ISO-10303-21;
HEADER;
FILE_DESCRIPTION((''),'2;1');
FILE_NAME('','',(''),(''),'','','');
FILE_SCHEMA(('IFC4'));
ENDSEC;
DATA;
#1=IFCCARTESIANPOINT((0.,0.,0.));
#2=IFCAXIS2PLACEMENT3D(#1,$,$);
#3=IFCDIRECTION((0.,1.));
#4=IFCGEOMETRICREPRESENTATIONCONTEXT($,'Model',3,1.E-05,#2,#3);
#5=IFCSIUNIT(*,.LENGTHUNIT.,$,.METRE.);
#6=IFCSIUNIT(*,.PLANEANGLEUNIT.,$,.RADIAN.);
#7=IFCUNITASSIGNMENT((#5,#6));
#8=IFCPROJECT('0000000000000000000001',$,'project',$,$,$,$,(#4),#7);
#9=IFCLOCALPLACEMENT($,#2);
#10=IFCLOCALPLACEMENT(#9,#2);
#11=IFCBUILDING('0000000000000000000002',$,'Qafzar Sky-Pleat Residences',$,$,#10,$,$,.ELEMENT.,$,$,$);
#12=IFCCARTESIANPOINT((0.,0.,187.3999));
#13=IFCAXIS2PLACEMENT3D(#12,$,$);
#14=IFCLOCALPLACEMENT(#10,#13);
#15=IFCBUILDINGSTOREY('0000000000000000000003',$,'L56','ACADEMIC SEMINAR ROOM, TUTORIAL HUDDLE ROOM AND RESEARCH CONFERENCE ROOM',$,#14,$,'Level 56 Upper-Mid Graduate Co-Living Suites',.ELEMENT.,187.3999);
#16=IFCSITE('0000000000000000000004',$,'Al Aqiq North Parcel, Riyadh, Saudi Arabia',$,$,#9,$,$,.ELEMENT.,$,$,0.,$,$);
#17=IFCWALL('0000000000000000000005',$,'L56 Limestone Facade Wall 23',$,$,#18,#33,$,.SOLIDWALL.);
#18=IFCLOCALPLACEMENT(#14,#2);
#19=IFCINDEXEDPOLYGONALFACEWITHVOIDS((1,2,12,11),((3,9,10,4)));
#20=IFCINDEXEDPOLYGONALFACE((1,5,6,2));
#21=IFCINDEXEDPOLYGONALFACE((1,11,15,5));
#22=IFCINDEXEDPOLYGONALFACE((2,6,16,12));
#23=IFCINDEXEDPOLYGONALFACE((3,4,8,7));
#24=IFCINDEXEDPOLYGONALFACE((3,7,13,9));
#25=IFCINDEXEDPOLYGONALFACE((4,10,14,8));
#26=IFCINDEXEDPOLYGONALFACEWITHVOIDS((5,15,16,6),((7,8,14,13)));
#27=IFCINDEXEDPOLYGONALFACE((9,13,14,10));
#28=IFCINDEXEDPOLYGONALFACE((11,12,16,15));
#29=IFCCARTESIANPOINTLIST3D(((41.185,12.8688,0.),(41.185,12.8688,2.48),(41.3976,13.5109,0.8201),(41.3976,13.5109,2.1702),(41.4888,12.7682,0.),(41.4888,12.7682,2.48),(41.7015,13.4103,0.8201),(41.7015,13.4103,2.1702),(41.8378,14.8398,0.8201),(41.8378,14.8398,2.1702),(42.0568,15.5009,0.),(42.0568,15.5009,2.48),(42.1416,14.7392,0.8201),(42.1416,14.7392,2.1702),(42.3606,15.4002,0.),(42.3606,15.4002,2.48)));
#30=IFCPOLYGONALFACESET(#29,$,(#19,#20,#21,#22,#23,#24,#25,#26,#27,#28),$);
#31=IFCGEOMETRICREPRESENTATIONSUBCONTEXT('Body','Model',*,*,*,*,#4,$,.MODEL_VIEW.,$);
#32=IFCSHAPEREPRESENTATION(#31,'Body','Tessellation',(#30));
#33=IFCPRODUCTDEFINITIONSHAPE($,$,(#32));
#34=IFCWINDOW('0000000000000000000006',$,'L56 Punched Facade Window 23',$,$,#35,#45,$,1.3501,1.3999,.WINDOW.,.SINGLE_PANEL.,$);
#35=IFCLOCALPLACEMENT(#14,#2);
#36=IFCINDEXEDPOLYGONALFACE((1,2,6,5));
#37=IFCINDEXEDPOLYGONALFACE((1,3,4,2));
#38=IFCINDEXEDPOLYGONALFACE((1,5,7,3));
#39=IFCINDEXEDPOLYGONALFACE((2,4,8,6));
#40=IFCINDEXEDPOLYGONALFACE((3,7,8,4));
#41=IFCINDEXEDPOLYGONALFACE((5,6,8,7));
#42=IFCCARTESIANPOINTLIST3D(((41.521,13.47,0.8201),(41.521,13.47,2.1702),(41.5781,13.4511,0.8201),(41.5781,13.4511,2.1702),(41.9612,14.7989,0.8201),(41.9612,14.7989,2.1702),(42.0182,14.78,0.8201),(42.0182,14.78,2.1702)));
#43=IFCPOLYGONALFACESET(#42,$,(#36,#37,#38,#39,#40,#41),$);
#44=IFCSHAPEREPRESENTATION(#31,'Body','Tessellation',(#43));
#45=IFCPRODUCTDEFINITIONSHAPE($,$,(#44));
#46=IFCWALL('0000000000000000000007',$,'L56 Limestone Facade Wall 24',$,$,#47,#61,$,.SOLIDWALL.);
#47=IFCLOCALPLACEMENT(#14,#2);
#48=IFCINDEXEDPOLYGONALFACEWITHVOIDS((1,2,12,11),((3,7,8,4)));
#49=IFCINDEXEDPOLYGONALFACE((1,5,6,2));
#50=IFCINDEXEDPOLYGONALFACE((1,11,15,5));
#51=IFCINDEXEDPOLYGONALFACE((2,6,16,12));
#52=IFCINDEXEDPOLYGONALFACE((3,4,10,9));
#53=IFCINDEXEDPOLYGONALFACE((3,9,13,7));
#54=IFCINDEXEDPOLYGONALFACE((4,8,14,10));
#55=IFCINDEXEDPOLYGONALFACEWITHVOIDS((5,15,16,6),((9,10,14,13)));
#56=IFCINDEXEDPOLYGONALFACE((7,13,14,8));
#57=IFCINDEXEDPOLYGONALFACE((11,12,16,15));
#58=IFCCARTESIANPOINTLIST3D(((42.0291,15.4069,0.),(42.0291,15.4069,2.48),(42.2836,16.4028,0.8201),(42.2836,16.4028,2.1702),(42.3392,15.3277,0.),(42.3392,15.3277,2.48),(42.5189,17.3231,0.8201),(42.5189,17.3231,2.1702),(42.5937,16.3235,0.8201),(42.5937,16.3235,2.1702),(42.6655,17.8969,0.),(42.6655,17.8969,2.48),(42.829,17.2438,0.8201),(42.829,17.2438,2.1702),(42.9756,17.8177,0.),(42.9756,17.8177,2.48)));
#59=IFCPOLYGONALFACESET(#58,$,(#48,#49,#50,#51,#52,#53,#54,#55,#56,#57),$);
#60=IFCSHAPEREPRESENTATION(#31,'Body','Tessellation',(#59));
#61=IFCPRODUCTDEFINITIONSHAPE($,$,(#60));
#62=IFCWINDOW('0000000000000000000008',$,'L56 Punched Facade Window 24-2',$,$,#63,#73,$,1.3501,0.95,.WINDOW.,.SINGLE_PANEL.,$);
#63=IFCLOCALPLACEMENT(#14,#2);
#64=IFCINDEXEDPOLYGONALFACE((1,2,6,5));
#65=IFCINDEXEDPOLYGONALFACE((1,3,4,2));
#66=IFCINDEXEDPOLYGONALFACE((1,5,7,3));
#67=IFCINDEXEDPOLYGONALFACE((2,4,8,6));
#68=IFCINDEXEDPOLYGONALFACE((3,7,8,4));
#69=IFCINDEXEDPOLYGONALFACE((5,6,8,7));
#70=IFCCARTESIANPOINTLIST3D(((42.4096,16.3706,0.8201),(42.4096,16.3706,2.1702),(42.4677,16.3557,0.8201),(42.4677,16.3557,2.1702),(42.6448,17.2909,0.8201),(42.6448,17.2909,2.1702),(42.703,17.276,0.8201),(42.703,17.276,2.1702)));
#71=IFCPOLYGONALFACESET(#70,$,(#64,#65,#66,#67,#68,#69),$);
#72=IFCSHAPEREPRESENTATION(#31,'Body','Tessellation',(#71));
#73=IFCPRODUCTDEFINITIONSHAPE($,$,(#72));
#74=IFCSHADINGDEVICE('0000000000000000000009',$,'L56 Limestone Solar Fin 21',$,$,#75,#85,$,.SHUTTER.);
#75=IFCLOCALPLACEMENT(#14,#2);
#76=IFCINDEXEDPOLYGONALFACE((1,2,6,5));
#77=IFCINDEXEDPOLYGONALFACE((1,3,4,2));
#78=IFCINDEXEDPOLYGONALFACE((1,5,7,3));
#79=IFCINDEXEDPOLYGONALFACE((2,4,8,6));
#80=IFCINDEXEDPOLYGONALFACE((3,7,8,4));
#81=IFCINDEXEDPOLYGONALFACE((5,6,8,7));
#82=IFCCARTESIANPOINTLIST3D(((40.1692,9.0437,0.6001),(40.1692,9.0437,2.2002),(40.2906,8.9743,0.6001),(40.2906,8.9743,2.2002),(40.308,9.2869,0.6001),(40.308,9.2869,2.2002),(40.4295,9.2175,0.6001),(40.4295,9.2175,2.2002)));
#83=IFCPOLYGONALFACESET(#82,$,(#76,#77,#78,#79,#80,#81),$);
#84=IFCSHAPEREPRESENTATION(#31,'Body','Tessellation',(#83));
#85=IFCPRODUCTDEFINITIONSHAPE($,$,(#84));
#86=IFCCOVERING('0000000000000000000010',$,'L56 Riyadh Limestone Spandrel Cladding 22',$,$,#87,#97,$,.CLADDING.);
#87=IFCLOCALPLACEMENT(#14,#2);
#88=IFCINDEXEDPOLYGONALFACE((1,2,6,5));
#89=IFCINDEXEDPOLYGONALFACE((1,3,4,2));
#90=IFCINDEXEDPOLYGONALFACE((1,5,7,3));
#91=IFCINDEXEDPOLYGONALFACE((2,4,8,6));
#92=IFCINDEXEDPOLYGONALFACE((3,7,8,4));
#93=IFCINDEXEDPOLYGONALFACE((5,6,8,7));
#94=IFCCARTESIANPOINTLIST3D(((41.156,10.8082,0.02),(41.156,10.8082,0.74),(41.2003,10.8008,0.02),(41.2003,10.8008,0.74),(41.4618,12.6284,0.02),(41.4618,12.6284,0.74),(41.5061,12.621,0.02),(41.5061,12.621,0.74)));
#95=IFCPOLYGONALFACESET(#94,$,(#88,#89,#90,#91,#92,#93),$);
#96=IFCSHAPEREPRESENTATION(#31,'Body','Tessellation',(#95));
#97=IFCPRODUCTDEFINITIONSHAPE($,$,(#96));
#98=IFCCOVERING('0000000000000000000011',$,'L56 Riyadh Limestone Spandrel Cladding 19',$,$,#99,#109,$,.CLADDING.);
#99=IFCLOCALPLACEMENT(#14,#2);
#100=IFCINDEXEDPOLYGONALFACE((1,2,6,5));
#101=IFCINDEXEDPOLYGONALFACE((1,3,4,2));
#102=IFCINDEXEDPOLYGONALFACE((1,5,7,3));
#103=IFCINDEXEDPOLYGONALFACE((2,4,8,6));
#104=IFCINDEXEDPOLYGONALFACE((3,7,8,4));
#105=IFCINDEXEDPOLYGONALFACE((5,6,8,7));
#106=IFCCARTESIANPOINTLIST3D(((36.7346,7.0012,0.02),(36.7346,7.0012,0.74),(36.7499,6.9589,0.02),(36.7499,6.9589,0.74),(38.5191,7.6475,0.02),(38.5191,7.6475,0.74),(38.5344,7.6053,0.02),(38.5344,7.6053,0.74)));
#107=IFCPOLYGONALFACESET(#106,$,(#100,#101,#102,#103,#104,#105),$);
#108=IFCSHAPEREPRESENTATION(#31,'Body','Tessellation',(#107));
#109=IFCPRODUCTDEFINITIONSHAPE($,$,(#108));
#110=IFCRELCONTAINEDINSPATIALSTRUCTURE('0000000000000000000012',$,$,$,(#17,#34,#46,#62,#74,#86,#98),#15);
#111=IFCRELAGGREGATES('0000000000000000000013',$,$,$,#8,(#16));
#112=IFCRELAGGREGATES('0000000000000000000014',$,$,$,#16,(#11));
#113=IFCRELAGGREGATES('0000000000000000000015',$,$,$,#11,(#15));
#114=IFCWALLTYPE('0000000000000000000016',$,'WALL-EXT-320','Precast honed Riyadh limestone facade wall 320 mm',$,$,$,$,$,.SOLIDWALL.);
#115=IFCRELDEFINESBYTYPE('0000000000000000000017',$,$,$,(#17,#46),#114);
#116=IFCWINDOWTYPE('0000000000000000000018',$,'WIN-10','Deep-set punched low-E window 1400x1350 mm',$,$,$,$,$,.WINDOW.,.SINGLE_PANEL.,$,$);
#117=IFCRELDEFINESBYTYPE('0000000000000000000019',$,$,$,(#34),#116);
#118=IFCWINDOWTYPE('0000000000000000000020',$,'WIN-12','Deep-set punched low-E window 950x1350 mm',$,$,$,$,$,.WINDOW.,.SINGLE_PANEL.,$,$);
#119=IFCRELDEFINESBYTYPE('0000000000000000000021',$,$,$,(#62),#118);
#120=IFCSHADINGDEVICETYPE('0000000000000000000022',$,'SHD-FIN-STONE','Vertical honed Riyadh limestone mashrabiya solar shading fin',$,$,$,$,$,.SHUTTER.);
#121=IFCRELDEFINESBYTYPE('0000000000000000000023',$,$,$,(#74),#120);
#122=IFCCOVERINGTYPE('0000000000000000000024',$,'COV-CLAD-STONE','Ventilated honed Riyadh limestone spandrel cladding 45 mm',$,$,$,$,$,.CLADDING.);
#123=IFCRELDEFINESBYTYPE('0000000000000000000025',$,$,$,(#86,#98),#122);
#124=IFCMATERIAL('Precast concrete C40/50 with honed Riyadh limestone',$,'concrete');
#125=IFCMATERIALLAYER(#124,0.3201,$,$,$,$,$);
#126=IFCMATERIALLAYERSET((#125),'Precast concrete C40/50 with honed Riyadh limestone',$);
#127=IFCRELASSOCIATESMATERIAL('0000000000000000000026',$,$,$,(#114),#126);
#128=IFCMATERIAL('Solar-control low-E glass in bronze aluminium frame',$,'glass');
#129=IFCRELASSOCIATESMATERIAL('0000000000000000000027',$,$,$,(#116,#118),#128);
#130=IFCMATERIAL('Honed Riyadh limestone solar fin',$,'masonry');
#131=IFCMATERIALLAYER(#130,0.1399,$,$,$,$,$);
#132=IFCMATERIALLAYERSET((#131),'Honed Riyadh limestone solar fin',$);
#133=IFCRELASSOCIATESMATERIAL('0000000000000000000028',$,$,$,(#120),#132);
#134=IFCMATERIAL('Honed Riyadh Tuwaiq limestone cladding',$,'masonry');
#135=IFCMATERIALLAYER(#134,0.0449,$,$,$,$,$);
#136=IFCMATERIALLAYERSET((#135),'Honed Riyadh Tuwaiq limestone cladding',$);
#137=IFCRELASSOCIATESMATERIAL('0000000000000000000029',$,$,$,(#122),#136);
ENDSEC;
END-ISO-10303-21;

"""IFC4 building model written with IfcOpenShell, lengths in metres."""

from ifc_helpers import new_model, si_unit, direction, frame, frame_2d, origin, origin_2d, place, context, subcontext, project, spatial, rectangle, extrude, source, transform, mapped, material, layer, layer_set, type_object, element, fill, save


model = new_model("IFC4")

# Units and contexts
model_context = context("Model", 3, precision=1e-05, world=origin(), true_north=direction((0.0, 1.0)))
body_context = subcontext(model_context, "Body", "Model", "MODEL_VIEW")
ifc_project = project(units=[si_unit("LENGTHUNIT", "METRE"), si_unit("PLANEANGLEUNIT", "RADIAN")], contexts=[model_context])

# Site, building, storey
site_placement = place(None, origin())
site = spatial("IfcSite", under=ifc_project, at=site_placement, Name="Al Aqiq North Parcel, Riyadh, Saudi Arabia", CompositionType="ELEMENT", RefElevation=0.0)
building_placement = place(site_placement, origin())
building = spatial("IfcBuilding", under=site, at=building_placement, Name="Qafzar Sky-Pleat Residences", CompositionType="ELEMENT")
storey_placement = place(building_placement, frame((0.0, 0.0, 187.3999)))
storey = spatial("IfcBuildingStorey", under=building, at=storey_placement, Name="L56", Description="ACADEMIC SEMINAR ROOM, TUTORIAL HUDDLE ROOM AND RESEARCH CONFERENCE ROOM", LongName="Level 56 Upper-Mid Graduate Co-Living Suites", CompositionType="ELEMENT", Elevation=187.3999)

# Walls, openings, windows
ifc_material_1 = material(Name="Precast concrete C40/50 with honed Riyadh limestone", Category="concrete")
ifc_layer_1 = layer(ifc_material_1, 0.3201)
ifc_layer_set_1 = layer_set([ifc_layer_1], Name="Precast concrete C40/50 with honed Riyadh limestone")
wall_type = type_object("IfcWallType", Name="WALL-EXT-320", Description="Precast honed Riyadh limestone facade wall 320 mm", PredefinedType="SOLIDWALL", material=ifc_layer_set_1)
ifc_material_2 = material(Name="Solar-control low-E glass in bronze aluminium frame", Category="glass")
wall_1_placement = place(storey_placement, frame((41.3369, 12.8186, 0.0), z_axis=(0.0, 0.0, 1.0), x_axis=(0.314431, 0.94928, 0.0)))
wall_1 = element("IfcWall", 1, at=wall_1_placement, inside=storey, type_object=wall_type, Name="L56 Limestone Facade Wall 23", PredefinedType="SOLIDWALL", context=body_context, shape_type="SweptSolid", body=[
    extrude(rectangle(XDim=2.7727, YDim=0.3201, at=frame_2d((1.3862, 0.0))), origin(), (0.0, 0.0, 1.0), 2.48),
])
opening_1_placement = place(wall_1_placement, frame((0.6763, 0.0, 0.8201)))
opening_1 = element("IfcOpeningElement", 2, at=opening_1_placement, cuts=wall_1, PredefinedType="OPENING", context=body_context, shape_type="SweptSolid", body=[
    extrude(rectangle(XDim=1.3999, YDim=1.3501, at=frame_2d((0.7, 0.675))), frame((0.0, 0.1699, 0.0), z_axis=(0.0, -1.0, 0.0), x_axis=(1.0, 0.0, 0.0)), (0.0, 0.0, 1.0), 0.3401),
])
window_type_1 = type_object("IfcWindowType", Name="WIN-10", Description="Deep-set punched low-E window 1400x1350 mm", PartitioningType="SINGLE_PANEL", PredefinedType="WINDOW", material=ifc_material_2)
shared_shape_1 = source(origin(), body_context, "Body", "SweptSolid", [
    extrude(rectangle(XDim=1.3999, YDim=1.3501, at=frame_2d((0.7, 0.675))), frame((0.0, 0.03, 0.0), z_axis=(0.0, -1.0, 0.0), x_axis=(1.0, 0.0, 0.0)), (0.0, 0.0, 1.0), 0.0601),
])
window_1_placement = place(opening_1_placement, origin())
window_1 = element("IfcWindow", 3, at=window_1_placement, inside=storey, type_object=window_type_1, Name="L56 Punched Facade Window 23", OverallHeight=1.3501, OverallWidth=1.3999, PartitioningType="SINGLE_PANEL", PredefinedType="WINDOW", context=body_context, shape_type="MappedRepresentation", body=[
    mapped(shared_shape_1, transform((0.0, 0.0, 0.0), x_axis=(1.0, 0.0, 0.0), y_axis=(0.0, 1.0, 0.0), z_axis=(0.0, 0.0, 1.0), scale=1.0)),
])
fill(opening_1, window_1)
wall_2_placement = place(storey_placement, frame((42.1841, 15.3672, 0.0), z_axis=(0.0, 0.0, 1.0), x_axis=(0.247651, 0.968849, 0.0)))
wall_2 = element("IfcWall", 4, at=wall_2_placement, inside=storey, type_object=wall_type, Name="L56 Limestone Facade Wall 24", PredefinedType="SOLIDWALL", context=body_context, shape_type="SweptSolid", body=[
    extrude(rectangle(XDim=2.5701, YDim=0.3201, at=frame_2d((1.2852, 0.0))), origin(), (0.0, 0.0, 1.0), 2.48),
])
opening_2_placement = place(wall_2_placement, frame((1.0278, 0.0, 0.8201)))
opening_2 = element("IfcOpeningElement", 5, at=opening_2_placement, cuts=wall_2, PredefinedType="OPENING", context=body_context, shape_type="SweptSolid", body=[
    extrude(rectangle(XDim=0.95, YDim=1.3501, at=frame_2d((0.4751, 0.675))), frame((0.0, 0.1699, 0.0), z_axis=(0.0, -1.0, 0.0), x_axis=(1.0, 0.0, 0.0)), (0.0, 0.0, 1.0), 0.3401),
])
window_type_2 = type_object("IfcWindowType", Name="WIN-12", Description="Deep-set punched low-E window 950x1350 mm", PartitioningType="SINGLE_PANEL", PredefinedType="WINDOW", material=ifc_material_2)
shared_shape_2 = source(origin(), body_context, "Body", "SweptSolid", [
    extrude(rectangle(XDim=0.95, YDim=1.3501, at=frame_2d((0.4751, 0.675))), frame((0.0, 0.03, 0.0), z_axis=(0.0, -1.0, 0.0), x_axis=(1.0, 0.0, 0.0)), (0.0, 0.0, 1.0), 0.0601),
])
window_2_placement = place(opening_2_placement, origin())
window_2 = element("IfcWindow", 6, at=window_2_placement, inside=storey, type_object=window_type_2, Name="L56 Punched Facade Window 24-2", OverallHeight=1.3501, OverallWidth=0.95, PartitioningType="SINGLE_PANEL", PredefinedType="WINDOW", context=body_context, shape_type="MappedRepresentation", body=[
    mapped(shared_shape_2, transform((0.0, 0.0, 0.0), x_axis=(1.0, 0.0, 0.0), y_axis=(0.0, 1.0, 0.0), z_axis=(0.0, 0.0, 1.0), scale=1.0)),
])
fill(opening_2, window_2)

# Shading device
ifc_material_3 = material(Name="Honed Riyadh limestone solar fin", Category="masonry")
ifc_layer_2 = layer(ifc_material_3, 0.1399)
ifc_layer_set_2 = layer_set([ifc_layer_2], Name="Honed Riyadh limestone solar fin")
shading_device_type = type_object("IfcShadingDeviceType", Name="SHD-FIN-STONE", Description="Vertical honed Riyadh limestone mashrabiya solar shading fin", PredefinedType="SHUTTER", material=ifc_layer_set_2)
shared_shape_3 = source(origin(), body_context, "Body", "SweptSolid", [
    extrude(rectangle(XDim=0.1399, YDim=0.28, at=origin_2d()), origin(), (0.0, 0.0, 1.0), 1.6001),
])
shading_device_placement = place(storey_placement, frame((40.2993, 9.1306, 0.6001), z_axis=(0.0, 0.0, 1.0), x_axis=(0.868455, -0.495768, 0.0)))
element("IfcShadingDevice", 7, at=shading_device_placement, inside=storey, type_object=shading_device_type, Name="L56 Limestone Solar Fin 21", PredefinedType="SHUTTER", context=body_context, shape_type="MappedRepresentation", body=[
    mapped(shared_shape_3, transform((0.0, 0.0, 0.0), x_axis=(1.0, 0.0, 0.0), y_axis=(0.0, 1.0, 0.0), z_axis=(0.0, 0.0, 1.0), scale=1.0)),
])

# Coverings
ifc_material_4 = material(Name="Honed Riyadh Tuwaiq limestone cladding", Category="masonry")
ifc_layer_3 = layer(ifc_material_4, 0.0449)
ifc_layer_set_3 = layer_set([ifc_layer_3], Name="Honed Riyadh Tuwaiq limestone cladding")
covering_type = type_object("IfcCoveringType", Name="COV-CLAD-STONE", Description="Ventilated honed Riyadh limestone spandrel cladding 45 mm", PredefinedType="CLADDING", material=ifc_layer_set_3)
shared_shape_4 = source(origin(), body_context, "Body", "SweptSolid", [
    extrude(rectangle(XDim=1.8457, YDim=0.0449, at=origin_2d()), origin(), (0.0, 0.0, 1.0), 0.72),
])
covering_1_placement = place(storey_placement, frame((41.3311, 11.7146, 0.02), z_axis=(0.0, 0.0, 1.0), x_axis=(0.165688, 0.986178, 0.0)))
element("IfcCovering", 8, at=covering_1_placement, inside=storey, type_object=covering_type, Name="L56 Riyadh Limestone Spandrel Cladding 22", PredefinedType="CLADDING", context=body_context, shape_type="MappedRepresentation", body=[
    mapped(shared_shape_4, transform((0.0, 0.0, 0.0), x_axis=(1.0, 0.0, 0.0), y_axis=(0.0, 1.0, 0.0), z_axis=(0.0, 0.0, 1.0), scale=1.0)),
])
shared_shape_5 = source(origin(), body_context, "Body", "SweptSolid", [
    extrude(rectangle(XDim=1.8979, YDim=0.0449, at=origin_2d()), origin(), (0.0, 0.0, 1.0), 0.72),
])
covering_2_placement = place(storey_placement, frame((37.6345, 7.3032, 0.02), z_axis=(0.0, 0.0, 1.0), x_axis=(0.940232, 0.340536, 0.0)))
element("IfcCovering", 9, at=covering_2_placement, inside=storey, type_object=covering_type, Name="L56 Riyadh Limestone Spandrel Cladding 19", PredefinedType="CLADDING", context=body_context, shape_type="MappedRepresentation", body=[
    mapped(shared_shape_5, transform((0.0, 0.0, 0.0), x_axis=(1.0, 0.0, 0.0), y_axis=(0.0, 1.0, 0.0), z_axis=(0.0, 0.0, 1.0), scale=1.0)),
])

save(model, "model.ifc")
